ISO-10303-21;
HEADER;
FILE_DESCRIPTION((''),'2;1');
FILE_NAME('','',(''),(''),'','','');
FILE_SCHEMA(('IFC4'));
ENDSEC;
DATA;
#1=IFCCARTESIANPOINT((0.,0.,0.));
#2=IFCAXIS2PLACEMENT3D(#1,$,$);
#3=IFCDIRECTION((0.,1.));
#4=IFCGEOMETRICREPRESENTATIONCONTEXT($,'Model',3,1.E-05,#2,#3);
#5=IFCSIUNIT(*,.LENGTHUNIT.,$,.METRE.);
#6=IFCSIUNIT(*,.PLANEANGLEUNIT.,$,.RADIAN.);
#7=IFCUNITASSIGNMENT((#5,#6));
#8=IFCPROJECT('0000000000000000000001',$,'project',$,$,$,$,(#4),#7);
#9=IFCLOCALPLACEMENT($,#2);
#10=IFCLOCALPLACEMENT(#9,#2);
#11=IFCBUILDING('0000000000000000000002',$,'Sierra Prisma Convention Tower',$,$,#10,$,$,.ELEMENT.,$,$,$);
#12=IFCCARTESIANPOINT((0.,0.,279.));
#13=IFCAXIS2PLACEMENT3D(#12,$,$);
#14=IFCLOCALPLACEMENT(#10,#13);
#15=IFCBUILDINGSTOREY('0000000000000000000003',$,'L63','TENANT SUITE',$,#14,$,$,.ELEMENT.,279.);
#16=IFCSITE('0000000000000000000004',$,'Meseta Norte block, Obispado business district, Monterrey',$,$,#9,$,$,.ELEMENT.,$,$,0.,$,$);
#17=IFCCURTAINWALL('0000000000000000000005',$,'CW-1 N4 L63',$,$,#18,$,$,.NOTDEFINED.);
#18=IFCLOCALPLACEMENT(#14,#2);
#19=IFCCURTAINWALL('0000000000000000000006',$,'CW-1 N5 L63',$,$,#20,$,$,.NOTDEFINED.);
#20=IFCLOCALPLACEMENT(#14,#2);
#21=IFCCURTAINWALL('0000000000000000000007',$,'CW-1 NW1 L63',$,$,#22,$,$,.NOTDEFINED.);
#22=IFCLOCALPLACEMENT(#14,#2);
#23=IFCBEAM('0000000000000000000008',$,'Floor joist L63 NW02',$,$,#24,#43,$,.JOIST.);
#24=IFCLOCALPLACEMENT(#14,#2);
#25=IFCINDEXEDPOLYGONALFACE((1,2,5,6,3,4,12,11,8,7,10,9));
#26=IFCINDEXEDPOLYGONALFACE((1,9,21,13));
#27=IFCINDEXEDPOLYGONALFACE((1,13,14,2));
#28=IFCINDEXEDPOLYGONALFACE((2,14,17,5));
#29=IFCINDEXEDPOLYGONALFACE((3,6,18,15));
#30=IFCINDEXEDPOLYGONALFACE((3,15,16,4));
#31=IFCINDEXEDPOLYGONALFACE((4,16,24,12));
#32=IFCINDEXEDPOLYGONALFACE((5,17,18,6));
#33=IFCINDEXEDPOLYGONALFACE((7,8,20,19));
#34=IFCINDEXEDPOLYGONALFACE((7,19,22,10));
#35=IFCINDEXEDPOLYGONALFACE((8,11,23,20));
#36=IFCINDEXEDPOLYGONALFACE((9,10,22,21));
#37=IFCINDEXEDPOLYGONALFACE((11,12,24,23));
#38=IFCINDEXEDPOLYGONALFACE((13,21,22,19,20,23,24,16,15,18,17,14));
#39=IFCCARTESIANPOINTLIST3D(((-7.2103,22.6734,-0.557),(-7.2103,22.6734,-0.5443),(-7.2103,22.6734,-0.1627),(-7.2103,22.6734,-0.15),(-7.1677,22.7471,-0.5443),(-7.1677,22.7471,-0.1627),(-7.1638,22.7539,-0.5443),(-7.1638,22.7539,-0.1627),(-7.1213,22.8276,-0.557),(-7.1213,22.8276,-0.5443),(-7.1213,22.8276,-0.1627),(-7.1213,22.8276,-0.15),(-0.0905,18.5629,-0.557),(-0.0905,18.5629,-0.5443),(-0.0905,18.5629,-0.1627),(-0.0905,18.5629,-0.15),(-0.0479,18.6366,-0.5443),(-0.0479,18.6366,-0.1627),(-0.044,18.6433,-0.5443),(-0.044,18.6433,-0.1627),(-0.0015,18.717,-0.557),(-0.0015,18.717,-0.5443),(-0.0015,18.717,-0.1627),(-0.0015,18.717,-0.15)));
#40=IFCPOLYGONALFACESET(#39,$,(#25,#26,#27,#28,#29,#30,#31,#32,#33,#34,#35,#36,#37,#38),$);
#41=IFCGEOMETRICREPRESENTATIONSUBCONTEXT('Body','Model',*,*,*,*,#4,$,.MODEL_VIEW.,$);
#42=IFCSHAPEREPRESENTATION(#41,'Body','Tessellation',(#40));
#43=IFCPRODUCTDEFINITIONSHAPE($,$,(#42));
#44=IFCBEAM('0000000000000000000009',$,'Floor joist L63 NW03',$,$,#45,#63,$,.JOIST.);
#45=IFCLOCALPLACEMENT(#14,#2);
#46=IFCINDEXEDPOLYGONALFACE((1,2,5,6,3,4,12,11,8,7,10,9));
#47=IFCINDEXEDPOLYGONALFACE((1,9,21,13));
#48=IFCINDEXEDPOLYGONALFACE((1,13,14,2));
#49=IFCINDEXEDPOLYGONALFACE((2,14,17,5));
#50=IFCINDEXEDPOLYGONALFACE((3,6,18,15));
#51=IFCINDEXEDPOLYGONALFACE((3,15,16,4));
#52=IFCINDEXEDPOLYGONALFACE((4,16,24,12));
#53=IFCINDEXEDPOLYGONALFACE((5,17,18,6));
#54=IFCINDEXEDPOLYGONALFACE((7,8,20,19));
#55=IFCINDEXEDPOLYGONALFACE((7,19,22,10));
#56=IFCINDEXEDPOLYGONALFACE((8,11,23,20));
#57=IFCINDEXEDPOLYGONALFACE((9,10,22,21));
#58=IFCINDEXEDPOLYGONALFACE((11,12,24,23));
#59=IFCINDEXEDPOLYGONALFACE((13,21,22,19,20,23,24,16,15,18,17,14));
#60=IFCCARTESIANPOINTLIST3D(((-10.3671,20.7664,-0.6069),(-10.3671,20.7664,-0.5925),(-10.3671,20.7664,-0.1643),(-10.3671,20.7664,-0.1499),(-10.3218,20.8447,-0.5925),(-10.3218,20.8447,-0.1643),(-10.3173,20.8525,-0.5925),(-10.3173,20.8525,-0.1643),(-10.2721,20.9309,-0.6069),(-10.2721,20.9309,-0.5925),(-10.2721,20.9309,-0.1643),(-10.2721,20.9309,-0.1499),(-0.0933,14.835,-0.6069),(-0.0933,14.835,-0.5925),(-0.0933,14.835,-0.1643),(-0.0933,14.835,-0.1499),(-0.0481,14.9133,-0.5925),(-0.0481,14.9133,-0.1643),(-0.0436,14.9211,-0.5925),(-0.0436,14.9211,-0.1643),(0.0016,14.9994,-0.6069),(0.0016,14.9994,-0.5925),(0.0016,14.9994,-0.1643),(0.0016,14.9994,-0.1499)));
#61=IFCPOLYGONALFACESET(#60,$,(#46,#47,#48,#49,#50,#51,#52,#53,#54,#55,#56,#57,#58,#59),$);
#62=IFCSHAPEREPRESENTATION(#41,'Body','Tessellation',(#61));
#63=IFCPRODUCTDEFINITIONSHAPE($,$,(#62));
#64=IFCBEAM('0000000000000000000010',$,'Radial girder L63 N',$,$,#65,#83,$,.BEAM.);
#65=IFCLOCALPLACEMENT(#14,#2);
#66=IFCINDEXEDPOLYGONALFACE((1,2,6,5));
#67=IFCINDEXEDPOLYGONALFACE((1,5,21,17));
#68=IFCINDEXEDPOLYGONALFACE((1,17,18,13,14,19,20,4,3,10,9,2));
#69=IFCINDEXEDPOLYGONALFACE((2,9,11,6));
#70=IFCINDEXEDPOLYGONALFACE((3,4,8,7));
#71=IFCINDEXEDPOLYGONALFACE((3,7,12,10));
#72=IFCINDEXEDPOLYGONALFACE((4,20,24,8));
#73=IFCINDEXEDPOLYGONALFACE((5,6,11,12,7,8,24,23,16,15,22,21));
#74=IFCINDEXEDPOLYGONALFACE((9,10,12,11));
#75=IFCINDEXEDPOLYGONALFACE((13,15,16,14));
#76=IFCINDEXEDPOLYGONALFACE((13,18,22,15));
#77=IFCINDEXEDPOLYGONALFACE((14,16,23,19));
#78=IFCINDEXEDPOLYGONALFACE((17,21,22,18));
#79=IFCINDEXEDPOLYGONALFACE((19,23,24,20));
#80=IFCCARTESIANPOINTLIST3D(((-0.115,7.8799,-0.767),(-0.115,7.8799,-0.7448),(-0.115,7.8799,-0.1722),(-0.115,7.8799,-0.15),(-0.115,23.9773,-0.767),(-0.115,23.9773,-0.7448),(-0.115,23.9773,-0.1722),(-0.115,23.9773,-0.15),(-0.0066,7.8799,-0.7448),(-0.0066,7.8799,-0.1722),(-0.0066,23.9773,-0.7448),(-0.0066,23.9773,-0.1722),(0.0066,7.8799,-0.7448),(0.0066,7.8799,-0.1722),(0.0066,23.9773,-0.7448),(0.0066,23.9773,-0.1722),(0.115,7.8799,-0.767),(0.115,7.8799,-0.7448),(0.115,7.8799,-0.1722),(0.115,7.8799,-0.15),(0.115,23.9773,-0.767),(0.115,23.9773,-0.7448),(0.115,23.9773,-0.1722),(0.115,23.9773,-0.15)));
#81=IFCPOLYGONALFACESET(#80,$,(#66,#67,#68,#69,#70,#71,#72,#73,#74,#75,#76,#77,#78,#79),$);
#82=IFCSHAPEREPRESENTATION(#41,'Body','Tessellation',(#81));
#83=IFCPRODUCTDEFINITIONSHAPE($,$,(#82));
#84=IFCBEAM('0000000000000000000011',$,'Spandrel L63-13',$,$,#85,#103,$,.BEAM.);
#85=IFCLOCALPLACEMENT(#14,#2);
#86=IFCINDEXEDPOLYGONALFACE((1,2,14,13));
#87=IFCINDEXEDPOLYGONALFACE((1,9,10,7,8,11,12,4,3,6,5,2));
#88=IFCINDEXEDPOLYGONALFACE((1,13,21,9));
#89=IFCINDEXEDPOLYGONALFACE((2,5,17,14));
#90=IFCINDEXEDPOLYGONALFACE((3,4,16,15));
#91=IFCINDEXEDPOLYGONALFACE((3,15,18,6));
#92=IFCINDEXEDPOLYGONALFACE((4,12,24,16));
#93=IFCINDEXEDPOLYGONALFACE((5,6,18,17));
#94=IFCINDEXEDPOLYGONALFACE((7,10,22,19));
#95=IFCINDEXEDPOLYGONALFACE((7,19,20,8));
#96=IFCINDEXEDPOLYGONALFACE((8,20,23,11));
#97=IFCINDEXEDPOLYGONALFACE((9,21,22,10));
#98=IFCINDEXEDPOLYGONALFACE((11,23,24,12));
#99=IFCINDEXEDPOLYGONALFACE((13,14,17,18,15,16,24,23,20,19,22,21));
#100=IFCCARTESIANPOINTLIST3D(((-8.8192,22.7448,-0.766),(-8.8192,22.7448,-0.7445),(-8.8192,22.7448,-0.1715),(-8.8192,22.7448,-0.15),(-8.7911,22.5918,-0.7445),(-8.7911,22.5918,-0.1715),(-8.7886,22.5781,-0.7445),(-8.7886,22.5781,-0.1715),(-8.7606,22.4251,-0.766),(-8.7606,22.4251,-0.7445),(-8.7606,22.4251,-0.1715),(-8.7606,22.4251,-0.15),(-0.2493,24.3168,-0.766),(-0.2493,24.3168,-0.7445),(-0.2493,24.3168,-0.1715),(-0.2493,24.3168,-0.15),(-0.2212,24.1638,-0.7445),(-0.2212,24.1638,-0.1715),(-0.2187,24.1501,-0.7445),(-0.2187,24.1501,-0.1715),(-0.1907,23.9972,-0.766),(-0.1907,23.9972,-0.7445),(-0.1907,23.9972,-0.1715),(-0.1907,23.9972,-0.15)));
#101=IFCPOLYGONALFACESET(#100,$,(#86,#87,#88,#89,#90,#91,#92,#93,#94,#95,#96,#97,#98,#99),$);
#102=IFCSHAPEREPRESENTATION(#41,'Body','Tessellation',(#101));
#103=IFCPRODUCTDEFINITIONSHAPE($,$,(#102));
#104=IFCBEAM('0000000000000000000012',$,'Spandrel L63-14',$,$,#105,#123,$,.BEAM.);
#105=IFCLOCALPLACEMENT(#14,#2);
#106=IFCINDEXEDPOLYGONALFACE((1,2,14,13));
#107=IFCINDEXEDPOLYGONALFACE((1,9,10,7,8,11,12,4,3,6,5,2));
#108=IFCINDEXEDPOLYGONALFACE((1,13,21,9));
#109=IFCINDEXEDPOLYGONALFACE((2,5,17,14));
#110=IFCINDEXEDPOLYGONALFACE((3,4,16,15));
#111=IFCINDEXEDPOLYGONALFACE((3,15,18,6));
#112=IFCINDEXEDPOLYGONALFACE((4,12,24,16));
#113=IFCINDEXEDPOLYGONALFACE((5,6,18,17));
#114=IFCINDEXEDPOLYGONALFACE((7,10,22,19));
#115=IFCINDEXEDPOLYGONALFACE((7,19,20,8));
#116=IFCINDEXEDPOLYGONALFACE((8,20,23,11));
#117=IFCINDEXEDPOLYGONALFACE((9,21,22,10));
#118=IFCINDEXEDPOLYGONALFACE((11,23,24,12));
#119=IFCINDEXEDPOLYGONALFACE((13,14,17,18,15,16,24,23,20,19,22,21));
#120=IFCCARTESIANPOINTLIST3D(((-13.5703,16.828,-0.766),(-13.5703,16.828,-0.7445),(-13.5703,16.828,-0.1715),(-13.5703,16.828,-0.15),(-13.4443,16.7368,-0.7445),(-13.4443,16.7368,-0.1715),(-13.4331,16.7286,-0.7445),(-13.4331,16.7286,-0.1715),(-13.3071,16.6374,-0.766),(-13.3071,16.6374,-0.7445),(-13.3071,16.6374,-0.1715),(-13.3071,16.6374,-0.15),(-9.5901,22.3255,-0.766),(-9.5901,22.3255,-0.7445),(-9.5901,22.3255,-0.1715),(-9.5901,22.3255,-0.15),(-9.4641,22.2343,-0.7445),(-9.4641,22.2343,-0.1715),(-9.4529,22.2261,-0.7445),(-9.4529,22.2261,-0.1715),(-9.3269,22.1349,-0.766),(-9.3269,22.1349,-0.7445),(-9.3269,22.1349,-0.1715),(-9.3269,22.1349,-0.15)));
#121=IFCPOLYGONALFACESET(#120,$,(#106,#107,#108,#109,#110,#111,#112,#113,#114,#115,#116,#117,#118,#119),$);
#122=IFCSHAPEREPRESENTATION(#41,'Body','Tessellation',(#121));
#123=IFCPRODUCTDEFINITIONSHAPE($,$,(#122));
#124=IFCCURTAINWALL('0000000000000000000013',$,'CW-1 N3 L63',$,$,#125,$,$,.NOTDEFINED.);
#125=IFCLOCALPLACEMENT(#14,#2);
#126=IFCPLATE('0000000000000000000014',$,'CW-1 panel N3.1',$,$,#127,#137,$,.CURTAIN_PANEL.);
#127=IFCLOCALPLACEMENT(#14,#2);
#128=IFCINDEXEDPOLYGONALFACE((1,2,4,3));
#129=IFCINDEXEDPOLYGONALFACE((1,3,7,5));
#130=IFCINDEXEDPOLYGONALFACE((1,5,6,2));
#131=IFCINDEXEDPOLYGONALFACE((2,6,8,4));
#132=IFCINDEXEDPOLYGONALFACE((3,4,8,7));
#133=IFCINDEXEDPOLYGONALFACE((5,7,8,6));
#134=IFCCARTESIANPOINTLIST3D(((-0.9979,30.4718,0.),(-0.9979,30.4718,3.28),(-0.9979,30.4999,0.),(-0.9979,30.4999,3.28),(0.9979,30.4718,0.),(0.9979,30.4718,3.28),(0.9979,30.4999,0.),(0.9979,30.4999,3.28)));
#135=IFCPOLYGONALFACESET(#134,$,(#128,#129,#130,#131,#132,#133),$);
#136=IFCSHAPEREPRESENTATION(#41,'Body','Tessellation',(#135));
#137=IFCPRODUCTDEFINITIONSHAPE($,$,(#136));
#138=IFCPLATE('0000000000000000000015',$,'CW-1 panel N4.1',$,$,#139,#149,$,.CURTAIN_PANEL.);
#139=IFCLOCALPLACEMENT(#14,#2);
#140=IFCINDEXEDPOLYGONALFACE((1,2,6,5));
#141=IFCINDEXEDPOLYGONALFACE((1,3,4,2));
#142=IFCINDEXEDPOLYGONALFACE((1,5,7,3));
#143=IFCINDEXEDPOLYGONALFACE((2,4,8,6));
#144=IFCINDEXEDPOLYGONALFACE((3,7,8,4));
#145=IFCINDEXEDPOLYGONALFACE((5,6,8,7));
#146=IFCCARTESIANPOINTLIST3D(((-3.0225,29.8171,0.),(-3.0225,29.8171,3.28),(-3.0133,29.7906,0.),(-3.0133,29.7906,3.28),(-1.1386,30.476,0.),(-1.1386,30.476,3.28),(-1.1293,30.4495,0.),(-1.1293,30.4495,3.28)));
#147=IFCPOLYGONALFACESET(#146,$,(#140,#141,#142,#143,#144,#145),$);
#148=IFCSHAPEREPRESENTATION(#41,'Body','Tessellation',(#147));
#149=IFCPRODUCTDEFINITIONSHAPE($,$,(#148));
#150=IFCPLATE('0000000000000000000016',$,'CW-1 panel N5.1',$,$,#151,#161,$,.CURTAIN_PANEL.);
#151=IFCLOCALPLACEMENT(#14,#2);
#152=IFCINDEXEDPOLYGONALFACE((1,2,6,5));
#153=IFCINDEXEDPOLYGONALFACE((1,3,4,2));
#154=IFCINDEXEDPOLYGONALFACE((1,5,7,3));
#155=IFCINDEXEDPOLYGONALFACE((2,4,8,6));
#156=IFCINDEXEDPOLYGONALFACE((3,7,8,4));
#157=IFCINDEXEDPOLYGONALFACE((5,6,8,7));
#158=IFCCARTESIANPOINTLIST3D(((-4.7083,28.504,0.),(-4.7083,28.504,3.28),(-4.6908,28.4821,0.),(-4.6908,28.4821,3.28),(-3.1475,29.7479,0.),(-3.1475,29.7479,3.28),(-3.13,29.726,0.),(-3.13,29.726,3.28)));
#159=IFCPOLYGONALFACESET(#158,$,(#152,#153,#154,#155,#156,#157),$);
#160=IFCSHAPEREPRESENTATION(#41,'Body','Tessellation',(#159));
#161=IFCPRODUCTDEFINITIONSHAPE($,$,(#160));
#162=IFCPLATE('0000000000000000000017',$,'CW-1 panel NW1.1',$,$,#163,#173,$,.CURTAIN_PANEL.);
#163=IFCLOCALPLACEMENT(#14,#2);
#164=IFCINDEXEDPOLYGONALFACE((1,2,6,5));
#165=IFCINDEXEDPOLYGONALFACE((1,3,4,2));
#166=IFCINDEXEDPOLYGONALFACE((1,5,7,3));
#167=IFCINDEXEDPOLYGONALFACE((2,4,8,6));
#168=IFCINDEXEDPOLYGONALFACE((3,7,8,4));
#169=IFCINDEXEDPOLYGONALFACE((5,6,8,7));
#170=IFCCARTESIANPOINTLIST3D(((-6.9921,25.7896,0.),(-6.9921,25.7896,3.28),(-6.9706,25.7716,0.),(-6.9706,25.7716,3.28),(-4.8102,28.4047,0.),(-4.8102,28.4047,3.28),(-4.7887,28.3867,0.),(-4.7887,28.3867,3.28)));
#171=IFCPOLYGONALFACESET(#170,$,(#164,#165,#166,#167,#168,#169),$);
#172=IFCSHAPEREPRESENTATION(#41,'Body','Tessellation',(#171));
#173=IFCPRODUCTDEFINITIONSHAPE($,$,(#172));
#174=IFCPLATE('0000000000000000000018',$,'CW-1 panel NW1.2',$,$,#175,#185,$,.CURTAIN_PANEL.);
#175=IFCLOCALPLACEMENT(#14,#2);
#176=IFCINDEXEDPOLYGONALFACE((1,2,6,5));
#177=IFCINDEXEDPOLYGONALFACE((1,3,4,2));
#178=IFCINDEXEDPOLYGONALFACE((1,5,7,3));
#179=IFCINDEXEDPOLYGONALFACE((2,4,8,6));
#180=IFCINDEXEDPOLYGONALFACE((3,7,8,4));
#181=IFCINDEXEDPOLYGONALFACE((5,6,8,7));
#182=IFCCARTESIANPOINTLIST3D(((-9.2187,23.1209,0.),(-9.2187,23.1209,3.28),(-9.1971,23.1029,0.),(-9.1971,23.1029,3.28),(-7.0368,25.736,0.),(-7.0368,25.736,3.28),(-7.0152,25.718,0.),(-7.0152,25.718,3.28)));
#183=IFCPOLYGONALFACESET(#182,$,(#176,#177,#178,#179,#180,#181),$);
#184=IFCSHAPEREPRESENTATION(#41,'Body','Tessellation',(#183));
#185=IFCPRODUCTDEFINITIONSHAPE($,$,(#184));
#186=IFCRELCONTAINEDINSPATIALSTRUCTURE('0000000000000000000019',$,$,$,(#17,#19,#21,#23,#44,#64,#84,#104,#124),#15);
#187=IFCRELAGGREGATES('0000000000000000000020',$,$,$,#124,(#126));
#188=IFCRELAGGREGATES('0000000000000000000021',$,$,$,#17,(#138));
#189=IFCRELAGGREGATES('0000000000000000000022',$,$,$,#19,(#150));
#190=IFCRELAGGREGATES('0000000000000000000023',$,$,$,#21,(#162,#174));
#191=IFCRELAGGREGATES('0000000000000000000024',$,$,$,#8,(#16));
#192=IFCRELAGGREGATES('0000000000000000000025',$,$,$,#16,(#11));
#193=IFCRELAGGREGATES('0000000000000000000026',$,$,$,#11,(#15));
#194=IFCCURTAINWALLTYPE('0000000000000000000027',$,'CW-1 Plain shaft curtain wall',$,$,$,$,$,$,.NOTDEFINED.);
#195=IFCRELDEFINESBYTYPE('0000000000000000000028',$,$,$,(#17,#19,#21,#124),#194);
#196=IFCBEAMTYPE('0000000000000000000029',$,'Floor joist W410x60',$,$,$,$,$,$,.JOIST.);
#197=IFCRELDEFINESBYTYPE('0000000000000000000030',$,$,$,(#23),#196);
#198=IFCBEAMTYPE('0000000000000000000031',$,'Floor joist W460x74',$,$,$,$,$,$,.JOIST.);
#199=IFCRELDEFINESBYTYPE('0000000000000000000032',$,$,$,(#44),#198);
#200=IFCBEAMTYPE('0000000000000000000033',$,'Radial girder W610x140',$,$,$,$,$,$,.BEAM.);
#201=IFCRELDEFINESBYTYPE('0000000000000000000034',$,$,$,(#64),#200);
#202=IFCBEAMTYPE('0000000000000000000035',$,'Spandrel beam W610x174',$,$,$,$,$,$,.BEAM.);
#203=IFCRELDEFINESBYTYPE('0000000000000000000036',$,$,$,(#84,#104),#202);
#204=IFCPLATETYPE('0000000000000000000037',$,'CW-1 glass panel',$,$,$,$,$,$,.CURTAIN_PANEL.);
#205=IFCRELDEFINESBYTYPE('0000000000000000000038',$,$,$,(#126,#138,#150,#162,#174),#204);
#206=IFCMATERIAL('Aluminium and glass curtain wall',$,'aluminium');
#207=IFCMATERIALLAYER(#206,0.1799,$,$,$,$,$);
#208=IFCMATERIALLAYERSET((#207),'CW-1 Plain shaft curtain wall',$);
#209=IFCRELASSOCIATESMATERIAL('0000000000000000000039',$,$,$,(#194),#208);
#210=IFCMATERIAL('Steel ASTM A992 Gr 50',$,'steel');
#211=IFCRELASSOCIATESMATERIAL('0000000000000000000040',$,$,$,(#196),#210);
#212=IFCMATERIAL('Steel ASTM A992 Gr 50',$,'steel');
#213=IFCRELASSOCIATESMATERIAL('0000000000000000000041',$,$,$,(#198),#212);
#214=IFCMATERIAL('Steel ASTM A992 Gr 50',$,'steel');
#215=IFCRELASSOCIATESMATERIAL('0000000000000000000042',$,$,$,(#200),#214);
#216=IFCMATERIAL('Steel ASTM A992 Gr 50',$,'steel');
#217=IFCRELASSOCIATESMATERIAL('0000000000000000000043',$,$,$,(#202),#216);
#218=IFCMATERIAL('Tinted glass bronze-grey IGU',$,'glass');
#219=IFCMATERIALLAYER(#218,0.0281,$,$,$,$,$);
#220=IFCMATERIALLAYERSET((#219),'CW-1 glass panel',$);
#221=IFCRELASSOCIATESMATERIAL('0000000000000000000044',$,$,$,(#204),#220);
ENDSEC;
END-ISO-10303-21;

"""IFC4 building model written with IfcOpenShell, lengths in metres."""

from ifc_helpers import new_model, si_unit, direction, frame, origin, origin_2d, place, context, subcontext, project, spatial, rectangle, i_section, extrude, material, layer, layer_set, material_profile, profile_set, type_object, element, aggregate, save


model = new_model("IFC4")

# Units and contexts
model_context = context("Model", 3, precision=1e-05, world=origin(), true_north=direction((0.0, 1.0)))
body_context = subcontext(model_context, "Body", "Model", "MODEL_VIEW")
ifc_project = project(units=[si_unit("LENGTHUNIT", "METRE"), si_unit("PLANEANGLEUNIT", "RADIAN")], contexts=[model_context])

# Site, building, storey
site_placement = place(None, origin())
site = spatial("IfcSite", under=ifc_project, at=site_placement, Name="Meseta Norte block, Obispado business district, Monterrey", CompositionType="ELEMENT", RefElevation=0.0)
building_placement = place(site_placement, origin())
building = spatial("IfcBuilding", under=site, at=building_placement, Name="Sierra Prisma Convention Tower", CompositionType="ELEMENT")
storey_placement = place(building_placement, frame((0.0, 0.0, 279.0)))
storey = spatial("IfcBuildingStorey", under=building, at=storey_placement, Name="L63", Description="TENANT SUITE", CompositionType="ELEMENT", Elevation=279.0)

# Curtain walls
ifc_material_1 = material(Name="Aluminium and glass curtain wall", Category="aluminium")
ifc_layer_1 = layer(ifc_material_1, 0.1799)
ifc_layer_set_1 = layer_set([ifc_layer_1], Name="CW-1 Plain shaft curtain wall")
curtain_wall_type = type_object("IfcCurtainWallType", Name="CW-1 Plain shaft curtain wall", PredefinedType="NOTDEFINED", material=ifc_layer_set_1)
curtain_wall_1_placement = place(storey_placement, origin())
curtain_wall_1 = element("IfcCurtainWall", 1, at=curtain_wall_1_placement, inside=storey, type_object=curtain_wall_type, Name="CW-1 N4 L63", PredefinedType="NOTDEFINED")
curtain_wall_2_placement = place(storey_placement, origin())
curtain_wall_2 = element("IfcCurtainWall", 2, at=curtain_wall_2_placement, inside=storey, type_object=curtain_wall_type, Name="CW-1 N5 L63", PredefinedType="NOTDEFINED")

# Curtain wall
curtain_wall_3_placement = place(storey_placement, origin())
curtain_wall_3 = element("IfcCurtainWall", 3, at=curtain_wall_3_placement, inside=storey, type_object=curtain_wall_type, Name="CW-1 NW1 L63", PredefinedType="NOTDEFINED")

# Beams
ifc_material_2 = material(Name="Steel ASTM A992 Gr 50", Category="steel")
ifc_material_profile_1 = material_profile(ifc_material_2, i_section(OverallWidth=0.178, OverallDepth=0.407, WebThickness=0.0078, FlangeThickness=0.0127, at=origin_2d()), Name="W410x60")
ifc_profile_set_1 = profile_set([ifc_material_profile_1], Name="Steel ASTM A992 Gr 50")
beam_type_1 = type_object("IfcBeamType", Name="Floor joist W410x60", PredefinedType="JOIST", material=ifc_profile_set_1)
beam_1_placement = place(storey_placement, frame((-7.1658, 22.7505, -0.3535), z_axis=(0.866029, -0.499994, 0.0), x_axis=(0.499994, 0.866029, 0.0)))
element("IfcBeam", 4, at=beam_1_placement, inside=storey, type_object=beam_type_1, Name="Floor joist L63 NW02", PredefinedType="JOIST", context=body_context, shape_type="SweptSolid", body=[
    extrude(i_section(OverallWidth=0.178, OverallDepth=0.407, WebThickness=0.0078, FlangeThickness=0.0127, at=origin_2d()), origin(), (0.0, 0.0, 1.0), 8.2212),
])
ifc_material_3 = material(Name="Steel ASTM A992 Gr 50", Category="steel")
ifc_material_profile_2 = material_profile(ifc_material_3, i_section(OverallWidth=0.1899, OverallDepth=0.457, WebThickness=0.009, FlangeThickness=0.0144, at=origin_2d()), Name="W460x74")
ifc_profile_set_2 = profile_set([ifc_material_profile_2], Name="Steel ASTM A992 Gr 50")
beam_type_2 = type_object("IfcBeamType", Name="Floor joist W460x74", PredefinedType="JOIST", material=ifc_profile_set_2)
beam_2_placement = place(storey_placement, frame((-10.3196, 20.8486, -0.3784), z_axis=(0.86603, -0.499993, 0.0), x_axis=(0.499993, 0.86603, 0.0)))
element("IfcBeam", 5, at=beam_2_placement, inside=storey, type_object=beam_type_2, Name="Floor joist L63 NW03", PredefinedType="JOIST", context=body_context, shape_type="SweptSolid", body=[
    extrude(i_section(OverallWidth=0.1899, OverallDepth=0.457, WebThickness=0.009, FlangeThickness=0.0144, at=origin_2d()), origin(), (0.0, 0.0, 1.0), 11.863),
])
ifc_material_4 = material(Name="Steel ASTM A992 Gr 50", Category="steel")
ifc_material_profile_3 = material_profile(ifc_material_4, i_section(OverallWidth=0.23, OverallDepth=0.6169, WebThickness=0.0132, FlangeThickness=0.0222, at=origin_2d()), Name="W610x140")
ifc_profile_set_3 = profile_set([ifc_material_profile_3], Name="Steel ASTM A992 Gr 50")
beam_type_3 = type_object("IfcBeamType", Name="Radial girder W610x140", PredefinedType="BEAM", material=ifc_profile_set_3)
beam_3_placement = place(storey_placement, frame((0.0, 23.9773, -0.4585), z_axis=(0.0, -1.0, 0.0), x_axis=(1.0, 0.0, 0.0)))
element("IfcBeam", 6, at=beam_3_placement, inside=storey, type_object=beam_type_3, Name="Radial girder L63 N", PredefinedType="BEAM", context=body_context, shape_type="SweptSolid", body=[
    extrude(i_section(OverallWidth=0.23, OverallDepth=0.6169, WebThickness=0.0132, FlangeThickness=0.0222, at=origin_2d()), origin(), (0.0, 0.0, 1.0), 16.0974),
])
ifc_material_5 = material(Name="Steel ASTM A992 Gr 50", Category="steel")
ifc_material_profile_4 = material_profile(ifc_material_5, i_section(OverallWidth=0.325, OverallDepth=0.616, WebThickness=0.0139, FlangeThickness=0.0215, at=origin_2d()), Name="W610x174")
ifc_profile_set_4 = profile_set([ifc_material_profile_4], Name="Steel ASTM A992 Gr 50")
beam_type_4 = type_object("IfcBeamType", Name="Spandrel beam W610x174", PredefinedType="BEAM", material=ifc_profile_set_4)
beam_4_placement = place(storey_placement, frame((-0.22, 24.157, -0.458), z_axis=(-0.983588, -0.180426, 0.0), x_axis=(0.180426, -0.983588, 0.0)))
element("IfcBeam", 7, at=beam_4_placement, inside=storey, type_object=beam_type_4, Name="Spandrel L63-13", PredefinedType="BEAM", context=body_context, shape_type="SweptSolid", body=[
    extrude(i_section(OverallWidth=0.325, OverallDepth=0.616, WebThickness=0.0139, FlangeThickness=0.0215, at=origin_2d()), origin(), (0.0, 0.0, 1.0), 8.7129),
])
beam_5_placement = place(storey_placement, frame((-9.4585, 22.2302, -0.458), z_axis=(-0.586436, -0.809996, 0.0), x_axis=(0.809996, -0.586436, 0.0)))
element("IfcBeam", 8, at=beam_5_placement, inside=storey, type_object=beam_type_4, Name="Spandrel L63-14", PredefinedType="BEAM", context=body_context, shape_type="SweptSolid", body=[
    extrude(i_section(OverallWidth=0.325, OverallDepth=0.616, WebThickness=0.0139, FlangeThickness=0.0215, at=origin_2d()), origin(), (0.0, 0.0, 1.0), 6.7871),
])

# Curtain wall, plate
curtain_wall_4_placement = place(storey_placement, origin())
curtain_wall_4 = element("IfcCurtainWall", 9, at=curtain_wall_4_placement, inside=storey, type_object=curtain_wall_type, Name="CW-1 N3 L63", PredefinedType="NOTDEFINED")
ifc_material_6 = material(Name="Tinted glass bronze-grey IGU", Category="glass")
ifc_layer_2 = layer(ifc_material_6, 0.0281)
ifc_layer_set_2 = layer_set([ifc_layer_2], Name="CW-1 glass panel")
plate_type = type_object("IfcPlateType", Name="CW-1 glass panel", PredefinedType="CURTAIN_PANEL", material=ifc_layer_set_2)
plate_1_placement = place(storey_placement, frame((0.0, 30.4858, 0.0), z_axis=(0.0, 0.0, 1.0), x_axis=(-1.0, 0.0, 0.0)))
plate_1 = element("IfcPlate", 10, at=plate_1_placement, type_object=plate_type, Name="CW-1 panel N3.1", PredefinedType="CURTAIN_PANEL", context=body_context, shape_type="SweptSolid", body=[
    extrude(rectangle(XDim=1.9958, YDim=0.0281, at=origin_2d()), origin(), (0.0, 0.0, 1.0), 3.28),
])
aggregate(curtain_wall_4, [plate_1])

# Plates
plate_2_placement = place(storey_placement, frame((-2.0759, 30.1333, 0.0), z_axis=(0.0, 0.0, 1.0), x_axis=(-0.943935, -0.33013, 0.0)))
plate_2 = element("IfcPlate", 11, at=plate_2_placement, type_object=plate_type, Name="CW-1 panel N4.1", PredefinedType="CURTAIN_PANEL", context=body_context, shape_type="SweptSolid", body=[
    extrude(rectangle(XDim=1.9958, YDim=0.0281, at=origin_2d()), origin(), (0.0, 0.0, 1.0), 3.28),
])
aggregate(curtain_wall_1, [plate_2])
plate_3_placement = place(storey_placement, frame((-3.9192, 29.115, 0.0), z_axis=(0.0, 0.0, 1.0), x_axis=(-0.782028, -0.623243, 0.0)))
plate_3 = element("IfcPlate", 12, at=plate_3_placement, type_object=plate_type, Name="CW-1 panel N5.1", PredefinedType="CURTAIN_PANEL", context=body_context, shape_type="SweptSolid", body=[
    extrude(rectangle(XDim=1.9958, YDim=0.0281, at=origin_2d()), origin(), (0.0, 0.0, 1.0), 3.28),
])
aggregate(curtain_wall_2, [plate_3])
plate_4_placement = place(storey_placement, frame((-5.8904, 27.0881, 0.0), z_axis=(0.0, 0.0, 1.0), x_axis=(-0.640649, -0.767834, 0.0)))
plate_4 = element("IfcPlate", 13, at=plate_4_placement, type_object=plate_type, Name="CW-1 panel NW1.1", PredefinedType="CURTAIN_PANEL", context=body_context, shape_type="SweptSolid", body=[
    extrude(rectangle(XDim=3.4058, YDim=0.0281, at=origin_2d()), origin(), (0.0, 0.0, 1.0), 3.28),
])
plate_5_placement = place(storey_placement, frame((-8.1169, 24.4194, 0.0), z_axis=(0.0, 0.0, 1.0), x_axis=(-0.640649, -0.767834, 0.0)))
plate_5 = element("IfcPlate", 14, at=plate_5_placement, type_object=plate_type, Name="CW-1 panel NW1.2", PredefinedType="CURTAIN_PANEL", context=body_context, shape_type="SweptSolid", body=[
    extrude(rectangle(XDim=3.4058, YDim=0.0281, at=origin_2d()), origin(), (0.0, 0.0, 1.0), 3.28),
])
aggregate(curtain_wall_3, [plate_4, plate_5])

save(model, "model.ifc")
